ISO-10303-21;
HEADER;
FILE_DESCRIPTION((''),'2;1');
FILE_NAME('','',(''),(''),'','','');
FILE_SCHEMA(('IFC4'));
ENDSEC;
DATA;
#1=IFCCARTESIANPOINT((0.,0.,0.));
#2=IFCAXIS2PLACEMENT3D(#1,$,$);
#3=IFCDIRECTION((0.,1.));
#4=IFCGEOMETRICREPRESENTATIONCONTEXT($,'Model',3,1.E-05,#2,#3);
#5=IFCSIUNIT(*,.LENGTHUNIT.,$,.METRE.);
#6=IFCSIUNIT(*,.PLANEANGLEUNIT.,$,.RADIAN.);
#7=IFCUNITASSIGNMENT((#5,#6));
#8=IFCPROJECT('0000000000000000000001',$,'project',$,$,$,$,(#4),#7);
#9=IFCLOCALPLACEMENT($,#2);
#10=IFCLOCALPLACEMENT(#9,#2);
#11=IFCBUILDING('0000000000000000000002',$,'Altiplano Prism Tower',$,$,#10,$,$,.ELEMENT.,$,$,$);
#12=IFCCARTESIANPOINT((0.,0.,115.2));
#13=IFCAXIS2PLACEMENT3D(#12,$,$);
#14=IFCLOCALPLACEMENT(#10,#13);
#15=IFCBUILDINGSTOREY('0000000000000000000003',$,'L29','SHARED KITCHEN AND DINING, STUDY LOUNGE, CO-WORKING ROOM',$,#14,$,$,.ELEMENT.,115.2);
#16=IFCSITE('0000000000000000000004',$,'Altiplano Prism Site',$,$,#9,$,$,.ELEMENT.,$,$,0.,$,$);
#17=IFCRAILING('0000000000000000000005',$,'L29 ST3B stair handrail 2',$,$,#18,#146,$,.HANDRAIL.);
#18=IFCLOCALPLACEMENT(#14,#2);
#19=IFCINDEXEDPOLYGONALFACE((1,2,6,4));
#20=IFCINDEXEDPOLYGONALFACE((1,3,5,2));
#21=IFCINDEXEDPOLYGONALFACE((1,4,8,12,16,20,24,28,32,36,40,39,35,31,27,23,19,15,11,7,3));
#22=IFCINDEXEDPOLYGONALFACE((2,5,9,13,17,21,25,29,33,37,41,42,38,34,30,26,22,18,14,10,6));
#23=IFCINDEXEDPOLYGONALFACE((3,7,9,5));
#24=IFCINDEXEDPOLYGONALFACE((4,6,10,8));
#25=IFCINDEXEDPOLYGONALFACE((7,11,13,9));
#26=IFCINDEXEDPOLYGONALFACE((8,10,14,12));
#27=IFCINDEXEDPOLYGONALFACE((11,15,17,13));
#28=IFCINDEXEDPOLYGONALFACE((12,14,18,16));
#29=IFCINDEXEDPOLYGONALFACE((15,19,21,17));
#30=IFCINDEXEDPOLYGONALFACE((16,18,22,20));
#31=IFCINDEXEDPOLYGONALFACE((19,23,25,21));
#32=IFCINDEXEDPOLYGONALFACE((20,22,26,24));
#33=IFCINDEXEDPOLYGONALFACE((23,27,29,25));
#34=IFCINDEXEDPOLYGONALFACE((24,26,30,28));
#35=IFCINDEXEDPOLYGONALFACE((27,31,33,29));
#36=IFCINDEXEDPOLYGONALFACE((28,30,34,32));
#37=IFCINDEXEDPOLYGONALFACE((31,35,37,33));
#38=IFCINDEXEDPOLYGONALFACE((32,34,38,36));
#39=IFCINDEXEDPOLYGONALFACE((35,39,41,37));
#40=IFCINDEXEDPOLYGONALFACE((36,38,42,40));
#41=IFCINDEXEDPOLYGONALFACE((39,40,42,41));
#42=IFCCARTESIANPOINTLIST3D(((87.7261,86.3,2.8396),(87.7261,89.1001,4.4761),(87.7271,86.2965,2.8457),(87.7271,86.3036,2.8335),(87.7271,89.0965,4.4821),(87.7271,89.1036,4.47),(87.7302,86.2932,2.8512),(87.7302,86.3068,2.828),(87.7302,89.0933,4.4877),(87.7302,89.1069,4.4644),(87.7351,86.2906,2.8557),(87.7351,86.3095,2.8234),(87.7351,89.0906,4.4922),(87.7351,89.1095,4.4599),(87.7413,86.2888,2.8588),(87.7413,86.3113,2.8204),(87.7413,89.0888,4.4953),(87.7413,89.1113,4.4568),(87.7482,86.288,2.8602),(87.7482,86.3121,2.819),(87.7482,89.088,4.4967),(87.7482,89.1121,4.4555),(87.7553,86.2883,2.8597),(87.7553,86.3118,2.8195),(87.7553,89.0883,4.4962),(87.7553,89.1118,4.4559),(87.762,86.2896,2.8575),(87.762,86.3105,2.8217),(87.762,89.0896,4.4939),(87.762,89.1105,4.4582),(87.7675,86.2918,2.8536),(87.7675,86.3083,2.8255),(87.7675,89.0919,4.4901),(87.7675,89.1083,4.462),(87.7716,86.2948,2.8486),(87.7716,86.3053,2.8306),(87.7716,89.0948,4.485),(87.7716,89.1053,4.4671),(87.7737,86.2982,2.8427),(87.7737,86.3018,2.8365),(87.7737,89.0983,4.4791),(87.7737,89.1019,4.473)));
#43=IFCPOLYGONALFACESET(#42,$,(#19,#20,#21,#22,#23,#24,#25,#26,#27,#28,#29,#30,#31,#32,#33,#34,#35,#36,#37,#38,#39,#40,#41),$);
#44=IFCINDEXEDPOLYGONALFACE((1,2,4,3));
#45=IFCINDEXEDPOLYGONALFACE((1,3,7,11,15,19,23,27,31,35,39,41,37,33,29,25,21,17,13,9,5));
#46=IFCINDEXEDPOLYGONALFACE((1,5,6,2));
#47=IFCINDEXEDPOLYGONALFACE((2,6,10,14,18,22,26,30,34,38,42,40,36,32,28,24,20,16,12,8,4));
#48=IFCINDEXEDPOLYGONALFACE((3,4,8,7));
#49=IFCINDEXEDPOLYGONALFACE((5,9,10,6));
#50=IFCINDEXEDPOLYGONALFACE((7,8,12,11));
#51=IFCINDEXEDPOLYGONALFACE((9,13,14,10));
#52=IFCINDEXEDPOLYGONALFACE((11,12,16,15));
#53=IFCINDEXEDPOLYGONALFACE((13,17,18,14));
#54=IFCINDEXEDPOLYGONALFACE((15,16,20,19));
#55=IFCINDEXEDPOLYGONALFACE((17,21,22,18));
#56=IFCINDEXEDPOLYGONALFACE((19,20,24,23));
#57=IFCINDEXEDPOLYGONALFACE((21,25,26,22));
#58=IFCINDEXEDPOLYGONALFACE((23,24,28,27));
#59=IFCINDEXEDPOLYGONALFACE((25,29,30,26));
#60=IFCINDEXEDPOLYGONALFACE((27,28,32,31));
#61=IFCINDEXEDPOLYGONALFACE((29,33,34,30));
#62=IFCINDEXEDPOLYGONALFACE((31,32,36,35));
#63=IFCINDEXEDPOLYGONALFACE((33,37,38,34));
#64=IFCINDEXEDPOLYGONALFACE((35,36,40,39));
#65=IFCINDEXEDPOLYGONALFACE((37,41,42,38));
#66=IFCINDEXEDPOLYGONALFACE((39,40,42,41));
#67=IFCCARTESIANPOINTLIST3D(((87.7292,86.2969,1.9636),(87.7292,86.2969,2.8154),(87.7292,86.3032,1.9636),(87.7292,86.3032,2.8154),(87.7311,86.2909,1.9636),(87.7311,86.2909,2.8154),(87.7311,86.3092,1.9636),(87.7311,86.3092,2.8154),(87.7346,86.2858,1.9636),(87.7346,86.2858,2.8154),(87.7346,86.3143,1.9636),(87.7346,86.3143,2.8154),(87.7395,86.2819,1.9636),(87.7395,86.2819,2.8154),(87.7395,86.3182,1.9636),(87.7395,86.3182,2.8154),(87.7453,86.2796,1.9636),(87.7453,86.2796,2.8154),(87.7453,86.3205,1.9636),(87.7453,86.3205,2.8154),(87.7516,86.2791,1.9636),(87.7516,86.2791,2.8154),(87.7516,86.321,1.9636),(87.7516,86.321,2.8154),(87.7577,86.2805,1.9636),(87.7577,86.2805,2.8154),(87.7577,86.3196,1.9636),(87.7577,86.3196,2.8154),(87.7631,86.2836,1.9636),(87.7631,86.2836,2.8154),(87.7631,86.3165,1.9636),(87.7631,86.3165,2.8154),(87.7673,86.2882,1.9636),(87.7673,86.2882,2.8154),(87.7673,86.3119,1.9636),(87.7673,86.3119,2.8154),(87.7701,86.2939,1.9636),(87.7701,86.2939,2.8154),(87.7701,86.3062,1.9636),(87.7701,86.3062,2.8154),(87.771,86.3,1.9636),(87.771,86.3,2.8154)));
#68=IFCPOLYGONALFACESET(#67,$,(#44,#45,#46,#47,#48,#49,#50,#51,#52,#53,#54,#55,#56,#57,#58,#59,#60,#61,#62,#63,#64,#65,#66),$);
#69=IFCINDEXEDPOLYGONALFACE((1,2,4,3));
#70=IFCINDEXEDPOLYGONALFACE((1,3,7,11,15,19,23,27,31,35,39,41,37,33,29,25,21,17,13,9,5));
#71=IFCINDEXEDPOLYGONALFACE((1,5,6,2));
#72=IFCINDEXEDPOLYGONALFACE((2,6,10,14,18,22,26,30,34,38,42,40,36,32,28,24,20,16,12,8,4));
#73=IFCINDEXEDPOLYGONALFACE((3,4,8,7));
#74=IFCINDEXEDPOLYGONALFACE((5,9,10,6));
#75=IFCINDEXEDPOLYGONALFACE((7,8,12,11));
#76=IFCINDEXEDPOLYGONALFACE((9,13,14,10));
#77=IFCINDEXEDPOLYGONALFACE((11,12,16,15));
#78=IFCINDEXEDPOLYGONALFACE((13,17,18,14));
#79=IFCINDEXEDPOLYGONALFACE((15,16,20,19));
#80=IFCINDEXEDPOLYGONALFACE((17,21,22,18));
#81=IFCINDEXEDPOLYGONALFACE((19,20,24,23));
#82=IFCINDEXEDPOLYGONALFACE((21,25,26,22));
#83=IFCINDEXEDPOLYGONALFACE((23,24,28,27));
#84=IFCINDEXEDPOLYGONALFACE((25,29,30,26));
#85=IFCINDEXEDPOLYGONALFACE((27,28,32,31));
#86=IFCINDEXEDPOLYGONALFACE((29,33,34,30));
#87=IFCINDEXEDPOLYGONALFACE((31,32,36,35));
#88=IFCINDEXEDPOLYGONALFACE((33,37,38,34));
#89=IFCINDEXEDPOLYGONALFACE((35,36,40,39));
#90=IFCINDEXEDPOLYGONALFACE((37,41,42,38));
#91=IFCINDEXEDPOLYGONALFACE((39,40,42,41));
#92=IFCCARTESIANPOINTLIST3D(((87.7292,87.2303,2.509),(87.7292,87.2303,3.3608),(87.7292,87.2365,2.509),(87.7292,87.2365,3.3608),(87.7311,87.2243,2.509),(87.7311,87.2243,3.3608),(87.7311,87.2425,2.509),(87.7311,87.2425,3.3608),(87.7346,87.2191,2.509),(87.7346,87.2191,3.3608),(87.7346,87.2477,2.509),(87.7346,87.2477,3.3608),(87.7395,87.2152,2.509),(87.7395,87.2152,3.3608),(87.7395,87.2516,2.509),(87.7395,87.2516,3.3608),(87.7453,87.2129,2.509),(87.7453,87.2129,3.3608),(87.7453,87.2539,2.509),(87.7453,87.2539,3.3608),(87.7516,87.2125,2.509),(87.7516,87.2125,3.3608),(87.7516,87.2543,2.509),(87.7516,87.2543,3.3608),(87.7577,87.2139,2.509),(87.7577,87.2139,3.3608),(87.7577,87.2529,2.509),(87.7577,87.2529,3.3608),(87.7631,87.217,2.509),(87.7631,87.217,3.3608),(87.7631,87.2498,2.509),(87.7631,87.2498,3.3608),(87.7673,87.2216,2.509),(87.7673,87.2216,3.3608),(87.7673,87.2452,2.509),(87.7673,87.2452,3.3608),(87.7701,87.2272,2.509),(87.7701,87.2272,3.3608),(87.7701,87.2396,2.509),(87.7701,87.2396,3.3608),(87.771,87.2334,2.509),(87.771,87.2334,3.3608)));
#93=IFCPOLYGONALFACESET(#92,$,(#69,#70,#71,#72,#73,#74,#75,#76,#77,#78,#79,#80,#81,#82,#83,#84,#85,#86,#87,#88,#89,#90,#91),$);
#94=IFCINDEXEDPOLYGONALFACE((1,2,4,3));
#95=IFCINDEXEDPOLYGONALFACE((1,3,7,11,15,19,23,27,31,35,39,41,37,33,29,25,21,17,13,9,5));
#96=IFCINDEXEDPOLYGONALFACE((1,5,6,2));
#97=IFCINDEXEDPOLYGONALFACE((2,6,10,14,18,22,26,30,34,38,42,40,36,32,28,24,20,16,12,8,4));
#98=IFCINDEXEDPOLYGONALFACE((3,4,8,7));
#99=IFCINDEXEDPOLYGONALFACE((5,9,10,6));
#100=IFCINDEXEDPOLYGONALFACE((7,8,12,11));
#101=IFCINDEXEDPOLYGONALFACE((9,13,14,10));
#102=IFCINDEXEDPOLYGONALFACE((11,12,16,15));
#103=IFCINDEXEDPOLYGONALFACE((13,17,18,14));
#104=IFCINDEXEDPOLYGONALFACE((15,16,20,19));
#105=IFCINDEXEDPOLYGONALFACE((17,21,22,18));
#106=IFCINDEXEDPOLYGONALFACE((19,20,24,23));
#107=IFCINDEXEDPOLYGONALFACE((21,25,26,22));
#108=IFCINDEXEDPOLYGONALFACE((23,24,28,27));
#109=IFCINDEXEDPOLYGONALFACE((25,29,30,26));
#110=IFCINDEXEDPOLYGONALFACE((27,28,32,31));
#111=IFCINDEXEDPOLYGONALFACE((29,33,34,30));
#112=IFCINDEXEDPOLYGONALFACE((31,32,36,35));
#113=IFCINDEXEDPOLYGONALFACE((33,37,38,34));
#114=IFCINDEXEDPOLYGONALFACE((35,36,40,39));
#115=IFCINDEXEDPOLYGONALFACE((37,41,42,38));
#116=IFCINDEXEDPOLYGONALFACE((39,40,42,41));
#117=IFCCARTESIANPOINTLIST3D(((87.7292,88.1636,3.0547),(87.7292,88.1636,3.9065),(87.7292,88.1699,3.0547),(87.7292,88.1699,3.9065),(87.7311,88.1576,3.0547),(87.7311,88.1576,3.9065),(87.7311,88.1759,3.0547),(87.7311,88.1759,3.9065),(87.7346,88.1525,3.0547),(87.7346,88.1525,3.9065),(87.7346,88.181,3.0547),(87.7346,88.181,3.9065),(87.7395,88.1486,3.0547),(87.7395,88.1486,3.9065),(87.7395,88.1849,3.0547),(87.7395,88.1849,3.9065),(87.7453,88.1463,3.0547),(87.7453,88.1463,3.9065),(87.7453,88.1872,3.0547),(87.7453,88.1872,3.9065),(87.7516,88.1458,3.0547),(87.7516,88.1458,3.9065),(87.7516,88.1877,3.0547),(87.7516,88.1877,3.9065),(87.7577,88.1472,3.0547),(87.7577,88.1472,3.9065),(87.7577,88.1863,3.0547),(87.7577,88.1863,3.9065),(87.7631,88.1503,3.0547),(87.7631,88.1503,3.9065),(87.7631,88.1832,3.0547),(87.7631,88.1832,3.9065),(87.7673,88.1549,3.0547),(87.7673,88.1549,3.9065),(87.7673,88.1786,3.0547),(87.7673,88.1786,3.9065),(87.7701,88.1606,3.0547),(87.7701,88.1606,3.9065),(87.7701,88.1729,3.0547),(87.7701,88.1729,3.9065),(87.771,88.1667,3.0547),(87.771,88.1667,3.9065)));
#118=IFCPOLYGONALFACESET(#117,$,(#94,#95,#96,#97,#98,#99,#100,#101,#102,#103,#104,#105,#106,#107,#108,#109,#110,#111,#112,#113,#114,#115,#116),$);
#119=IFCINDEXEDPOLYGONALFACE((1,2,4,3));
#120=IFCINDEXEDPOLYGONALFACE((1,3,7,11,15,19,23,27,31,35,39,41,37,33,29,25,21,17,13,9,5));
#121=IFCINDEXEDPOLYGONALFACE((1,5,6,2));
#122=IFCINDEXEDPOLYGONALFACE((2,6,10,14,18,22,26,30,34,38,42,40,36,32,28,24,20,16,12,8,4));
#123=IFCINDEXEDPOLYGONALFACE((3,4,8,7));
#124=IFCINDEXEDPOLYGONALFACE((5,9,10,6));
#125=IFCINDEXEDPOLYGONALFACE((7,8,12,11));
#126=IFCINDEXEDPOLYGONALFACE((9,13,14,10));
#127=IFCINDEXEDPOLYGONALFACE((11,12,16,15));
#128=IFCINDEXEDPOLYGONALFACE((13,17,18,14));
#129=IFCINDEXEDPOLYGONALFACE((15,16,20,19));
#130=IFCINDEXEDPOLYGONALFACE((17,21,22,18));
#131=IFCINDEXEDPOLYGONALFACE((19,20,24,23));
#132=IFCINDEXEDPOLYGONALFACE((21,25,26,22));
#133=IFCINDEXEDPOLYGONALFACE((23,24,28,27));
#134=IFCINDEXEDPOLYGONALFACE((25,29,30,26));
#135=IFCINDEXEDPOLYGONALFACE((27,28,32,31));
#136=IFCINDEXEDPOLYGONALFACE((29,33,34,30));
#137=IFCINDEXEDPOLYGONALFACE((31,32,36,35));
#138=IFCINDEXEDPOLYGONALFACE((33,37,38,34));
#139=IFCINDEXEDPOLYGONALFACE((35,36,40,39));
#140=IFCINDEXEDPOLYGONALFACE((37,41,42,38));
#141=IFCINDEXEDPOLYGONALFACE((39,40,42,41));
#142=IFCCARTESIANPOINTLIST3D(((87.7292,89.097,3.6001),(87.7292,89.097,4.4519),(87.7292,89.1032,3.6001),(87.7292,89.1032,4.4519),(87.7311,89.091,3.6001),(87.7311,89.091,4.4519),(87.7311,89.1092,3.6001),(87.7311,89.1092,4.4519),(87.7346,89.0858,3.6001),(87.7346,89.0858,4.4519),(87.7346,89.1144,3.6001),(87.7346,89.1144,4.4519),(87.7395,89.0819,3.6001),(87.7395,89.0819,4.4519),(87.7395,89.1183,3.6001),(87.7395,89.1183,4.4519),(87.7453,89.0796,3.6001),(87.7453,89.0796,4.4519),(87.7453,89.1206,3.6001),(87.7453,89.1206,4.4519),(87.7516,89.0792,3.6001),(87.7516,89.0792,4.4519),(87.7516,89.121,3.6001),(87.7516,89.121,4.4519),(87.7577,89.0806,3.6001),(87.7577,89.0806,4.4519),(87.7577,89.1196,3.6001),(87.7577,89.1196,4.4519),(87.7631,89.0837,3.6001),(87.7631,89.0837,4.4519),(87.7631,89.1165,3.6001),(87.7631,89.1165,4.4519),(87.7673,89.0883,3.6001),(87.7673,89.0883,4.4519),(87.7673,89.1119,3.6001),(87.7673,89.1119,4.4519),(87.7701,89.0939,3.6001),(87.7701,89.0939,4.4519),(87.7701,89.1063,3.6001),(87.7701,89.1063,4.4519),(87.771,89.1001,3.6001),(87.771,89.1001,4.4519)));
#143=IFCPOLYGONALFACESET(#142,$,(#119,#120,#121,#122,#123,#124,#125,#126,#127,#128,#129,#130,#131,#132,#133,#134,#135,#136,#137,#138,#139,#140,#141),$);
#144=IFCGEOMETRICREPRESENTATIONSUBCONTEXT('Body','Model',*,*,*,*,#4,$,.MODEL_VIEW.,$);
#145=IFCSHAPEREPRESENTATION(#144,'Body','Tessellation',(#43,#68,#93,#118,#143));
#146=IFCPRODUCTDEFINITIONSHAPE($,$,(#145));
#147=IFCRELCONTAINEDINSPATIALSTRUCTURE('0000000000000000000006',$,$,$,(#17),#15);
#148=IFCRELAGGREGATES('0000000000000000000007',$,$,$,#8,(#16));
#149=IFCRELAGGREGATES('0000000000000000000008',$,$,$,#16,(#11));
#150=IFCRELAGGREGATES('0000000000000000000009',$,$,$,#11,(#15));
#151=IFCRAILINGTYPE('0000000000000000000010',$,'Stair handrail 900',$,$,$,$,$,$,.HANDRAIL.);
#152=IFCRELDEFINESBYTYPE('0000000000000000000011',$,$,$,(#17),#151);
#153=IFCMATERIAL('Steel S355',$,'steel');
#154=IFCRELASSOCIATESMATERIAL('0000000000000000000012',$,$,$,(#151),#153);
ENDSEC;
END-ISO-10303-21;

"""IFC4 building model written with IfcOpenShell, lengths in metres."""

from ifc_helpers import new_model, si_unit, direction, frame, origin, origin_2d, place, context, subcontext, project, spatial, circle, extrude, material, type_object, element, save


model = new_model("IFC4")

# Units and contexts
model_context = context("Model", 3, precision=1e-05, world=origin(), true_north=direction((0.0, 1.0)))
body_context = subcontext(model_context, "Body", "Model", "MODEL_VIEW")
ifc_project = project(units=[si_unit("LENGTHUNIT", "METRE"), si_unit("PLANEANGLEUNIT", "RADIAN")], contexts=[model_context])

# Site, building, storey
site_placement = place(None, origin())
site = spatial("IfcSite", under=ifc_project, at=site_placement, Name="Altiplano Prism Site", CompositionType="ELEMENT", RefElevation=0.0)
building_placement = place(site_placement, origin())
building = spatial("IfcBuilding", under=site, at=building_placement, Name="Altiplano Prism Tower", CompositionType="ELEMENT")
storey_placement = place(building_placement, frame((0.0, 0.0, 115.2)))
storey = spatial("IfcBuildingStorey", under=building, at=storey_placement, Name="L29", Description="SHARED KITCHEN AND DINING, STUDY LOUNGE, CO-WORKING ROOM", CompositionType="ELEMENT", Elevation=115.2)

# Railing
ifc_material_1 = material(Name="Steel S355", Category="steel")
railing_type = type_object("IfcRailingType", Name="Stair handrail 900", PredefinedType="HANDRAIL", material=ifc_material_1)
for number, where, name in (
    (1, (87.75, 86.3, 1.9636), "L29 ST3B stair handrail 2"),
):
    element("IfcRailing", number, at=place(storey_placement, frame(where)), inside=storey, type_object=railing_type, Name=name, PredefinedType="HANDRAIL", context=body_context, shape_type="SweptSolid", body=[
        extrude(circle(Radius=0.0239, at=origin_2d()), frame((0.0, 0.0, 0.876), z_axis=(0.0, 0.863361, 0.504587), x_axis=(-1.0, 0.0, 0.0)), (0.0, 0.0, 1.0), 3.2432),
        extrude(circle(Radius=0.021, at=origin_2d()), origin(), (0.0, 0.0, 1.0), 0.8518),
        extrude(circle(Radius=0.021, at=origin_2d()), frame((0.0, 0.9333, 0.5454)), (0.0, 0.0, 1.0), 0.8518),
        extrude(circle(Radius=0.021, at=origin_2d()), frame((0.0, 1.8667, 1.0911)), (0.0, 0.0, 1.0), 0.8518),
        extrude(circle(Radius=0.021, at=origin_2d()), frame((0.0, 2.8, 1.6365)), (0.0, 0.0, 1.0), 0.8518),
    ])

save(model, "model.ifc")
